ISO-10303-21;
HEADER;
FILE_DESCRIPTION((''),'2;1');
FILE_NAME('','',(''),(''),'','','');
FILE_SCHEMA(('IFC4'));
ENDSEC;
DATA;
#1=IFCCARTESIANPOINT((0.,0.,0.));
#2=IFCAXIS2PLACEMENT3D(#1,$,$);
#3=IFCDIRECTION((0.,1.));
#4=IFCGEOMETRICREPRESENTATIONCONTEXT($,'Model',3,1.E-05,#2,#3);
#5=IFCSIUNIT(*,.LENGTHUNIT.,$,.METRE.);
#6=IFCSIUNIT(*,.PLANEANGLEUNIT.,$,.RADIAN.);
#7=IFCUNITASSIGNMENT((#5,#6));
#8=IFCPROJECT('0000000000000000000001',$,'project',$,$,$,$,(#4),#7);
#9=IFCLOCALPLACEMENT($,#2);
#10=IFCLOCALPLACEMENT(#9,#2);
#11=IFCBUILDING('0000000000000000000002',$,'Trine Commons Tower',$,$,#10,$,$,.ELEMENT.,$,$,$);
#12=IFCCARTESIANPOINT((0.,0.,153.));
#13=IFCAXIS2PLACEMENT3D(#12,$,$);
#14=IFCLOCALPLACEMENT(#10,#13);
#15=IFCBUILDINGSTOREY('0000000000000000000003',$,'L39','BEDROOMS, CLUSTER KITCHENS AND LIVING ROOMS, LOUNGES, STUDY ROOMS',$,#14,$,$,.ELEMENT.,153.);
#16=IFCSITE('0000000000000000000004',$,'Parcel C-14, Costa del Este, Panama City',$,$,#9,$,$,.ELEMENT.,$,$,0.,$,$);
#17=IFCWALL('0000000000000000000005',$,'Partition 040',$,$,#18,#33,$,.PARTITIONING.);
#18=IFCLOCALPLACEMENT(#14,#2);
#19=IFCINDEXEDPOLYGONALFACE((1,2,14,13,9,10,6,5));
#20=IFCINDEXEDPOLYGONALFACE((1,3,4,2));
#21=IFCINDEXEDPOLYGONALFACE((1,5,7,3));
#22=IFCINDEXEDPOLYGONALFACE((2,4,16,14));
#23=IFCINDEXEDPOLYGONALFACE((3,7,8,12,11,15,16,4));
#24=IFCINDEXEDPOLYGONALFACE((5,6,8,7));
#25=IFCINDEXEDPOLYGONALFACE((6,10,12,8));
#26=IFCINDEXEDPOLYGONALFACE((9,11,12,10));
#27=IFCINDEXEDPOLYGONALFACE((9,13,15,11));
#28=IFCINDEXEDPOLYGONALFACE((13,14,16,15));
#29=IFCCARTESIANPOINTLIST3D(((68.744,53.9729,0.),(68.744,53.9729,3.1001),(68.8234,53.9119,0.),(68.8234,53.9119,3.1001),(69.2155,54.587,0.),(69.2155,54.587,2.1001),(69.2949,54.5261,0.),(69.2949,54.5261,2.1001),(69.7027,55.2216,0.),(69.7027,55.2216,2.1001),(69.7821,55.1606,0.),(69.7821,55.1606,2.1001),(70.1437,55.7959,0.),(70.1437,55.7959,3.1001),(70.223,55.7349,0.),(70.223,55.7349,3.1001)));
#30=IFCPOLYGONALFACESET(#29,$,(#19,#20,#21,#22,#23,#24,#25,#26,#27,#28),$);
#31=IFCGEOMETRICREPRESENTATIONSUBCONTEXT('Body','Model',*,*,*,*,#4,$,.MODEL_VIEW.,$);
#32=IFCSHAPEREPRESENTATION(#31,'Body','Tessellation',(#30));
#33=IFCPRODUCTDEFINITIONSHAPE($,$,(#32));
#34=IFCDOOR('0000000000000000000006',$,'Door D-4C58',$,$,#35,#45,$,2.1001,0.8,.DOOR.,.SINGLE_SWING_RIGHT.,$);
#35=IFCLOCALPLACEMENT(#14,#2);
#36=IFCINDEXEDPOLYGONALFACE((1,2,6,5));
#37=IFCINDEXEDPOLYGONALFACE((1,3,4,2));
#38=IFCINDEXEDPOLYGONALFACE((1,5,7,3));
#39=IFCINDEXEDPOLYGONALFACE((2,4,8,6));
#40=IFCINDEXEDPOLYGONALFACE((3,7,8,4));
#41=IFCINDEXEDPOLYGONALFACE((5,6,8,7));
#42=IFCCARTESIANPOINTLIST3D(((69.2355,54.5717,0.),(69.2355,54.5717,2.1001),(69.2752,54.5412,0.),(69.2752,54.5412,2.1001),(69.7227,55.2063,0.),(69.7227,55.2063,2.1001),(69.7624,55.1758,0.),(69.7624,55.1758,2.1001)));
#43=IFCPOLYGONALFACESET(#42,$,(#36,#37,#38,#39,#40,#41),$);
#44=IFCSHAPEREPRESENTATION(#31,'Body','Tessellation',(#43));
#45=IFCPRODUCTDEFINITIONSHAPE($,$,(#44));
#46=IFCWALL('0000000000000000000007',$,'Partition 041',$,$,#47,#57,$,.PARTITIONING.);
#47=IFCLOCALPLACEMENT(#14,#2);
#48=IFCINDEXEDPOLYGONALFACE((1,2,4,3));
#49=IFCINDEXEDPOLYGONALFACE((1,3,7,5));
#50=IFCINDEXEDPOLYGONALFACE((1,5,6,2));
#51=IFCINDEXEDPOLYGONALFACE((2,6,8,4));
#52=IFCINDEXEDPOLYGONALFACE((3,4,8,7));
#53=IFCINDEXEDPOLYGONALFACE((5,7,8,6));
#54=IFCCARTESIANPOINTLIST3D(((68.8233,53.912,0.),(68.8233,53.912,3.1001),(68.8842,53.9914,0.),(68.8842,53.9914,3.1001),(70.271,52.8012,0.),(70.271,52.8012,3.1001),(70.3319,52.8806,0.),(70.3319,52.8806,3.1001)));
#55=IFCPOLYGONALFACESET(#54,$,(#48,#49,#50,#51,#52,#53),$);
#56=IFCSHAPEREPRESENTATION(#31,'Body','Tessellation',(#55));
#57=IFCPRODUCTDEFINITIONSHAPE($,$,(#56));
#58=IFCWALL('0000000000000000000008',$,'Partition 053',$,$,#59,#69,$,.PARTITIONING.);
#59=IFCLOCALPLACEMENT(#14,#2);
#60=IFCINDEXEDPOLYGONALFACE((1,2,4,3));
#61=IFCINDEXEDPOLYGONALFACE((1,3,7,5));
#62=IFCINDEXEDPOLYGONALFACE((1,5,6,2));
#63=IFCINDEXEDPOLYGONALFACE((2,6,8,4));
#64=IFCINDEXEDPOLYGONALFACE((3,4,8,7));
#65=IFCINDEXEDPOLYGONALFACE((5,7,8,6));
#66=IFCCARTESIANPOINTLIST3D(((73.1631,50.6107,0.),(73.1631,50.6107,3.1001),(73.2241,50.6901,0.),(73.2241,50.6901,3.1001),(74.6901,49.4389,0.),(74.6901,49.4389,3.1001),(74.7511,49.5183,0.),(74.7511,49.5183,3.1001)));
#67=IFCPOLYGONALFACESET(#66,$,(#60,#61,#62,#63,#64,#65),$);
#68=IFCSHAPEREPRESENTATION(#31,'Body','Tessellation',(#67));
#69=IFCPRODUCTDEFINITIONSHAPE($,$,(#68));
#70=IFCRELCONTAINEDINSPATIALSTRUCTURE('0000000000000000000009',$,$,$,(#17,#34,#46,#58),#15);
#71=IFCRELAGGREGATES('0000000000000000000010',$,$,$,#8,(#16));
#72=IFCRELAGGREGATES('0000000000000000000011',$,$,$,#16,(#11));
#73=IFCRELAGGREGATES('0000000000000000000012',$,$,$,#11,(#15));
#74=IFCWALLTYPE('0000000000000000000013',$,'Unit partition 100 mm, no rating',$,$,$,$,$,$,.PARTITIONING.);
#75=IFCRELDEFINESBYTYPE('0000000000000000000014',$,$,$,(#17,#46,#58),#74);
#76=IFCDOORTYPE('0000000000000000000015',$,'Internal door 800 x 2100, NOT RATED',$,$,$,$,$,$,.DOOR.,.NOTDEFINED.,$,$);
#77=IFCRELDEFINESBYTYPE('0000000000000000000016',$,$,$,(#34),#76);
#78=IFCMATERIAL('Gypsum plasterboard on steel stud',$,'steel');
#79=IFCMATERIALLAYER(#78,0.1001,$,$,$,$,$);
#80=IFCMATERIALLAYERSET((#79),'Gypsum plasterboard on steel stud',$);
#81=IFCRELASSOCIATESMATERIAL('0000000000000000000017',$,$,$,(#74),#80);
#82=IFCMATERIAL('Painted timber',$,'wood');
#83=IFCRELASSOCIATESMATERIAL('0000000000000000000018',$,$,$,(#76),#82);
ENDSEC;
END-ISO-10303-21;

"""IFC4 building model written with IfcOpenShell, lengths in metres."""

from ifc_helpers import new_model, si_unit, direction, frame, frame_2d, origin, place, context, subcontext, project, spatial, rectangle, extrude, material, layer, layer_set, type_object, element, fill, save


model = new_model("IFC4")

# Units and contexts
model_context = context("Model", 3, precision=1e-05, world=origin(), true_north=direction((0.0, 1.0)))
body_context = subcontext(model_context, "Body", "Model", "MODEL_VIEW")
ifc_project = project(units=[si_unit("LENGTHUNIT", "METRE"), si_unit("PLANEANGLEUNIT", "RADIAN")], contexts=[model_context])

# Site, building, storey
site_placement = place(None, origin())
site = spatial("IfcSite", under=ifc_project, at=site_placement, Name="Parcel C-14, Costa del Este, Panama City", CompositionType="ELEMENT", RefElevation=0.0)
building_placement = place(site_placement, origin())
building = spatial("IfcBuilding", under=site, at=building_placement, Name="Trine Commons Tower", CompositionType="ELEMENT")
storey_placement = place(building_placement, frame((0.0, 0.0, 153.0)))
storey = spatial("IfcBuildingStorey", under=building, at=storey_placement, Name="L39", Description="BEDROOMS, CLUSTER KITCHENS AND LIVING ROOMS, LOUNGES, STUDY ROOMS", CompositionType="ELEMENT", Elevation=153.0)

# Shared definitions
ifc_material_1 = material(Name="Gypsum plasterboard on steel stud", Category="steel")

# Shared definitions
ifc_material_2 = material(Name="Painted timber", Category="wood")

# Shared definitions
ifc_layer_1 = layer(ifc_material_1, 0.1001)
ifc_layer_set_1 = layer_set([ifc_layer_1], Name="Gypsum plasterboard on steel stud")
wall_type_1 = type_object("IfcWallType", Name="Unit partition 100 mm, no rating", PredefinedType="PARTITIONING", material=ifc_layer_set_1)
door_type_1 = type_object("IfcDoorType", Name="Internal door 800 x 2100, NOT RATED", OperationType="NOTDEFINED", PredefinedType="DOOR", material=ifc_material_2)

# Wall, opening, door
wall_1_placement = place(storey_placement, frame((68.7837, 53.9424, 0.0), z_axis=(0.0, 0.0, 1.0), x_axis=(0.608987, 0.79318, 0.0)))
wall_1 = element("IfcWall", 1, at=wall_1_placement, inside=storey, type_object=wall_type_1, Name="Partition 040", PredefinedType="PARTITIONING", context=body_context, shape_type="SweptSolid", body=[
    extrude(rectangle(XDim=2.2983, YDim=0.1001, at=frame_2d((1.1492, 0.0))), origin(), (0.0, 0.0, 1.0), 3.1001),
])
opening_1_placement = place(wall_1_placement, frame((0.7744, 0.0, 0.0)))
opening_1 = element("IfcOpeningElement", 2, at=opening_1_placement, cuts=wall_1, PredefinedType="OPENING", context=body_context, shape_type="SweptSolid", body=[
    extrude(rectangle(XDim=0.8, YDim=2.1001, at=frame_2d((0.3999, 1.05))), frame((0.0, 0.0601, 0.0), z_axis=(0.0, -1.0, 0.0), x_axis=(1.0, 0.0, 0.0)), (0.0, 0.0, 1.0), 0.1201),
])
door_1_placement = place(opening_1_placement, origin())
door_1 = element("IfcDoor", 3, at=door_1_placement, inside=storey, type_object=door_type_1, Name="Door D-4C58", OperationType="SINGLE_SWING_RIGHT", OverallHeight=2.1001, OverallWidth=0.8, PredefinedType="DOOR", context=body_context, shape_type="SweptSolid", body=[
    extrude(rectangle(XDim=0.8, YDim=2.1001, at=frame_2d((0.3999, 1.05))), frame((0.0, 0.0249, 0.0), z_axis=(0.0, -1.0, 0.0), x_axis=(1.0, 0.0, 0.0)), (0.0, 0.0, 1.0), 0.05),
])
fill(opening_1, door_1)

# Walls
wall_2_placement = place(storey_placement, frame((68.8538, 53.9517, 0.0), z_axis=(0.0, 0.0, 1.0), x_axis=(0.793369, -0.60874, 0.0)))
element("IfcWall", 4, at=wall_2_placement, inside=storey, type_object=wall_type_1, Name="Partition 041", PredefinedType="PARTITIONING", context=body_context, shape_type="SweptSolid", body=[
    extrude(rectangle(XDim=1.8247, YDim=0.1001, at=frame_2d((0.9124, 0.0))), origin(), (0.0, 0.0, 1.0), 3.1001),
])
wall_3_placement = place(storey_placement, frame((73.1936, 50.6504, 0.0), z_axis=(0.0, 0.0, 1.0), x_axis=(0.793331, -0.608791, 0.0)))
element("IfcWall", 5, at=wall_3_placement, inside=storey, type_object=wall_type_1, Name="Partition 053", PredefinedType="PARTITIONING", context=body_context, shape_type="SweptSolid", body=[
    extrude(rectangle(XDim=1.9248, YDim=0.1001, at=frame_2d((0.9624, 0.0))), origin(), (0.0, 0.0, 1.0), 3.1001),
])

save(model, "model.ifc")
